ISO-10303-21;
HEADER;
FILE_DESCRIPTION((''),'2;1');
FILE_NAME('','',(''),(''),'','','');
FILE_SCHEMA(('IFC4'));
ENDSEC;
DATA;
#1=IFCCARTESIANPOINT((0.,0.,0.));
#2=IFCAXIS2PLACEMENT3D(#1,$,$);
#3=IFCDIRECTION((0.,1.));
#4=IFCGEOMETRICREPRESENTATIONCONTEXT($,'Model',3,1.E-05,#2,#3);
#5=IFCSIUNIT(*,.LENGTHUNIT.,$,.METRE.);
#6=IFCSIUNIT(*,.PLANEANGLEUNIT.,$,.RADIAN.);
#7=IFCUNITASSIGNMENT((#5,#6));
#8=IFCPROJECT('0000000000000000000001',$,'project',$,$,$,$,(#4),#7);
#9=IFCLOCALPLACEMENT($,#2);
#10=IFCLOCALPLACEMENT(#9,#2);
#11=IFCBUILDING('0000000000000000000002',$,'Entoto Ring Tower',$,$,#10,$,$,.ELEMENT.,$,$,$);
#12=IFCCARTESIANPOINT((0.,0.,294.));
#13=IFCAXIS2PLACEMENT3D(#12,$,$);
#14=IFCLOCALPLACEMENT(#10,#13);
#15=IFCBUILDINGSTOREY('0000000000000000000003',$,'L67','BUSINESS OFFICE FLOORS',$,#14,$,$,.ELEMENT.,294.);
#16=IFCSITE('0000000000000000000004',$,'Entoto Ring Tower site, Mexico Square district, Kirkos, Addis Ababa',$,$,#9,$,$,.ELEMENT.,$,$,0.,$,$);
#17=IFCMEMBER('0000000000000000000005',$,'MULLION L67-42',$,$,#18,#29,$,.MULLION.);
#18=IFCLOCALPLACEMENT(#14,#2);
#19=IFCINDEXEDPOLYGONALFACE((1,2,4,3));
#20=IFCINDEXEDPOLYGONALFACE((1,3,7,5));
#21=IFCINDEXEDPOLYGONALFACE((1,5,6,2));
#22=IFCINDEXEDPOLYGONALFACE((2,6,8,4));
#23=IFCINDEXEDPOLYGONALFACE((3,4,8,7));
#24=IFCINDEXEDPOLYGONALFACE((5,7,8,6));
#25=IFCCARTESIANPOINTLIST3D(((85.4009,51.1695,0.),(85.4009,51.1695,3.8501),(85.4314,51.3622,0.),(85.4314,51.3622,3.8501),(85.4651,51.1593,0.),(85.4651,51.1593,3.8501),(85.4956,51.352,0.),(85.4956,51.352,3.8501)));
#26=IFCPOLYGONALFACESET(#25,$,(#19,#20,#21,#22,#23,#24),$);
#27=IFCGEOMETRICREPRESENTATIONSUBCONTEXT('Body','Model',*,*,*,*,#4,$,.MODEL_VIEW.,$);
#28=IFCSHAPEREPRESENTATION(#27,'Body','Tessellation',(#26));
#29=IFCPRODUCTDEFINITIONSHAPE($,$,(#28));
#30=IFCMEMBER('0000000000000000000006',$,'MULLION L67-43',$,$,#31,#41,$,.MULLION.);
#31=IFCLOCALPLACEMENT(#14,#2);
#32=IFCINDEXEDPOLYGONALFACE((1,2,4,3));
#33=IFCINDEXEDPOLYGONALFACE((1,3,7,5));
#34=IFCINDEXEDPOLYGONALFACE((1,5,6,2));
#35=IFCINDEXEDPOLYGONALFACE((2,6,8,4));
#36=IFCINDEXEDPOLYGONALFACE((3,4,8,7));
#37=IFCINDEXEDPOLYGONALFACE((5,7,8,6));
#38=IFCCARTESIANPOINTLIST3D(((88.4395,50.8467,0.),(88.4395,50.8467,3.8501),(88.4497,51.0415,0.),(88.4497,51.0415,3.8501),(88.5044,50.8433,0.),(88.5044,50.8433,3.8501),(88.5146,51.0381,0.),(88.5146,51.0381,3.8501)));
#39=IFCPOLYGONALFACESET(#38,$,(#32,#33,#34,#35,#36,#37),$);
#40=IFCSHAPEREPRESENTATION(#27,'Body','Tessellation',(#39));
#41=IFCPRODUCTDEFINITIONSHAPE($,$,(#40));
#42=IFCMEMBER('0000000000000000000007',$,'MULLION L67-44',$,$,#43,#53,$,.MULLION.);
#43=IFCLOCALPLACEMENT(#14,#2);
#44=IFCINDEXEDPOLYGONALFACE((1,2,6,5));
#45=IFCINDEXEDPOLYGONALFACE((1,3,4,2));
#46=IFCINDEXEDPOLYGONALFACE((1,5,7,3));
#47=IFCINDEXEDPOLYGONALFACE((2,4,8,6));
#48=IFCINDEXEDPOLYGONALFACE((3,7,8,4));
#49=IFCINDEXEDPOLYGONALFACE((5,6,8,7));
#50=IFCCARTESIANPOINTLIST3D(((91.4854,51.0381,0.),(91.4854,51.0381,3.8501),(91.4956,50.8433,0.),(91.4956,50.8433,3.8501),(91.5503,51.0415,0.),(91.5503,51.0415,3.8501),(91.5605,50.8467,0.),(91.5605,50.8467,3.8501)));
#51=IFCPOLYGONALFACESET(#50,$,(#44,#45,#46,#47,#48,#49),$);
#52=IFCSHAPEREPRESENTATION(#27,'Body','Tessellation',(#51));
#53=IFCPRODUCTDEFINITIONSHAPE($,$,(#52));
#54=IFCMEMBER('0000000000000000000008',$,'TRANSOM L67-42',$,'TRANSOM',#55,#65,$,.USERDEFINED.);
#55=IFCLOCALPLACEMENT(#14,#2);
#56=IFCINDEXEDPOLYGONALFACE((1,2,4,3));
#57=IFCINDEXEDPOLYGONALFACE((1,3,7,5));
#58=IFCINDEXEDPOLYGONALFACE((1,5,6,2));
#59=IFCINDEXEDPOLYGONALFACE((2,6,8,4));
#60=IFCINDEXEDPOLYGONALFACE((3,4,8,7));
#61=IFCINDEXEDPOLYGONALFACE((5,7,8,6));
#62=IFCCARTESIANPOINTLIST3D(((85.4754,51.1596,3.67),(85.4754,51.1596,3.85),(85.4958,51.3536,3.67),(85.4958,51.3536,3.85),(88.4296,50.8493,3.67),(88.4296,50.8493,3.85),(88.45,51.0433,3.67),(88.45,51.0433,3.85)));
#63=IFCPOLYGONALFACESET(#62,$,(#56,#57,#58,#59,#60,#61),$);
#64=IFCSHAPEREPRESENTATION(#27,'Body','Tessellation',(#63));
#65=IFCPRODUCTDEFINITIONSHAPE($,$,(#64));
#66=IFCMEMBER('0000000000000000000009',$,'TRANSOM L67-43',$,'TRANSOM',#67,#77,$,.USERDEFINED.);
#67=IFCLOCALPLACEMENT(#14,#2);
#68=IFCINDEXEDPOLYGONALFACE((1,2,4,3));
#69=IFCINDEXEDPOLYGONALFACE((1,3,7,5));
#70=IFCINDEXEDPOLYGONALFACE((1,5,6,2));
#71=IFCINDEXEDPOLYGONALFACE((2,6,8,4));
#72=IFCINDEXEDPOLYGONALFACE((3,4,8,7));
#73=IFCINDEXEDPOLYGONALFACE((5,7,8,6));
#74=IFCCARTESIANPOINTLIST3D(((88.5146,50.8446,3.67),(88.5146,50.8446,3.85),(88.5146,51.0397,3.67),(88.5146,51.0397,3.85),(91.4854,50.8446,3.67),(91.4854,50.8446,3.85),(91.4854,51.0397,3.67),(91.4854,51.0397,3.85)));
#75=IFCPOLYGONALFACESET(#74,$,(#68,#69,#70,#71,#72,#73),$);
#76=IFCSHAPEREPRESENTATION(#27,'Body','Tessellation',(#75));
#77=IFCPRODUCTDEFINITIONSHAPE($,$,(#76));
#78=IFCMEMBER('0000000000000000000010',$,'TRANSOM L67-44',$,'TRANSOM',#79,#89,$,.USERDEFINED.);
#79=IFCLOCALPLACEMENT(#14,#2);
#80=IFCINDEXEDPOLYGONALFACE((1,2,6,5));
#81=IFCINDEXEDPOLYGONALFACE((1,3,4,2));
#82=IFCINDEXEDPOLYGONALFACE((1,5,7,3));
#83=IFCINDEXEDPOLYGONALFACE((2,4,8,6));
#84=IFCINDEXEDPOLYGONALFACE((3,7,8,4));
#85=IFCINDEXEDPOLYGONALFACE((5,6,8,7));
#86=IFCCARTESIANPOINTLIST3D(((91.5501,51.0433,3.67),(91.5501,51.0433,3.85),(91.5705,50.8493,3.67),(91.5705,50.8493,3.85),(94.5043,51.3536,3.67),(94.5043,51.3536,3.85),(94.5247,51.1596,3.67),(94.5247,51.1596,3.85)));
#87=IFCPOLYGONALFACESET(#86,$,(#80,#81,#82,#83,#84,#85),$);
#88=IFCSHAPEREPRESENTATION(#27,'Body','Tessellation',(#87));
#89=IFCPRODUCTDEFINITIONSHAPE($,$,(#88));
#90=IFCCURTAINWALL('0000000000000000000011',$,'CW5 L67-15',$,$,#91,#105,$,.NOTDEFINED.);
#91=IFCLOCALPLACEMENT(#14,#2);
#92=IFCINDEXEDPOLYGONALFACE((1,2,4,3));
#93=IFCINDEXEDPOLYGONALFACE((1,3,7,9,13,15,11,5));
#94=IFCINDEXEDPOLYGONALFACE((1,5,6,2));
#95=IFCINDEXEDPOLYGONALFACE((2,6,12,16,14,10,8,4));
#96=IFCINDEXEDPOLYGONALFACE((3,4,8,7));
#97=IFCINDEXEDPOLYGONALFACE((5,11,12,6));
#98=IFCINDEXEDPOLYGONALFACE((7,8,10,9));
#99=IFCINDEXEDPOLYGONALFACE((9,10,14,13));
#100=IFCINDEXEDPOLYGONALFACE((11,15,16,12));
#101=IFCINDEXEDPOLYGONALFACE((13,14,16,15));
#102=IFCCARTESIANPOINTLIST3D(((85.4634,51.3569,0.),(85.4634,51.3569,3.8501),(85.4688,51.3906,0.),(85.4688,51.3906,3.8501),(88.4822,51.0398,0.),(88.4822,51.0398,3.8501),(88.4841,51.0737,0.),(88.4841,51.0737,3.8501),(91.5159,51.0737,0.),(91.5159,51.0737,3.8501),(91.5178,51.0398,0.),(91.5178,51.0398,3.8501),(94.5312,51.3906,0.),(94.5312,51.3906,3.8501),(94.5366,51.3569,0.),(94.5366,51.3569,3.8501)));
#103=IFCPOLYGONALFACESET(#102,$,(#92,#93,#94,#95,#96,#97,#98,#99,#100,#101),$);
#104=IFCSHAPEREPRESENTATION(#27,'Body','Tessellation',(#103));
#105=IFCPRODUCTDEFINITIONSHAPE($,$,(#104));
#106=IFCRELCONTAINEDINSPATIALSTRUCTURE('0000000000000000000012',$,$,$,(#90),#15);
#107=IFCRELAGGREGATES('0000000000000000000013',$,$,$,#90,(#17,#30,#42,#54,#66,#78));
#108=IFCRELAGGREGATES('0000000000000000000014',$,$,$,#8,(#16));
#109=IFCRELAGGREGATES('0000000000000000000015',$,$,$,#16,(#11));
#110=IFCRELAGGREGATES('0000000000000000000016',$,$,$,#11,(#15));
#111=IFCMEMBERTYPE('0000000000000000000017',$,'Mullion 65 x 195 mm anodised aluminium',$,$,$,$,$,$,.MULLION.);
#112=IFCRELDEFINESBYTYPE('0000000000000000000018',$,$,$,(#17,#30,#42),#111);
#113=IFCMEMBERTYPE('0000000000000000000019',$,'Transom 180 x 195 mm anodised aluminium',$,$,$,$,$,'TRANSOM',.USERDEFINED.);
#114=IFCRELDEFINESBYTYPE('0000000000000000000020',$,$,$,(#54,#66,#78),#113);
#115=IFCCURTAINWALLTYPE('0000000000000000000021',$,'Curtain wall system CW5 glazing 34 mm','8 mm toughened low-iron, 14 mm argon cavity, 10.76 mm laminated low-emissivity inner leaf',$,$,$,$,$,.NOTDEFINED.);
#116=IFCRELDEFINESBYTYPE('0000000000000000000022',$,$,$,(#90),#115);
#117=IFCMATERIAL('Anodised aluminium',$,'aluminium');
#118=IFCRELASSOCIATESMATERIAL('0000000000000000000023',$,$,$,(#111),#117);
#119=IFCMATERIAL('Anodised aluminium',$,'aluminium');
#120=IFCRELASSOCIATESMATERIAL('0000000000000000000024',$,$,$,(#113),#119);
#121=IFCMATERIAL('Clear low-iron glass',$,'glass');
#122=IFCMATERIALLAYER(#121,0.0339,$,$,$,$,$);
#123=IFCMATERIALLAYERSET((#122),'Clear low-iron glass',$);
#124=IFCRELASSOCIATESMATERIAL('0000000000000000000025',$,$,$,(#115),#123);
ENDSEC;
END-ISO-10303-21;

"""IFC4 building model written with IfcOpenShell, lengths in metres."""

from ifc_helpers import new_model, si_unit, direction, frame, origin, origin_2d, place, context, subcontext, project, spatial, polyline, rectangle, outline, extrude, material, layer, layer_set, material_profile, profile_set, type_object, element, aggregate, save


model = new_model("IFC4")

# Units and contexts
model_context = context("Model", 3, precision=1e-05, world=origin(), true_north=direction((0.0, 1.0)))
body_context = subcontext(model_context, "Body", "Model", "MODEL_VIEW")
ifc_project = project(units=[si_unit("LENGTHUNIT", "METRE"), si_unit("PLANEANGLEUNIT", "RADIAN")], contexts=[model_context])

# Members
ifc_material_1 = material(Name="Anodised aluminium", Category="aluminium")
ifc_material_profile_1 = material_profile(ifc_material_1, rectangle(XDim=0.0649, YDim=0.1951, at=origin_2d()), Name="Mullion 65 x 195 mm anodised aluminium")
ifc_profile_set_1 = profile_set([ifc_material_profile_1], Name="Anodised aluminium")
member_type_1 = type_object("IfcMemberType", Name="Mullion 65 x 195 mm anodised aluminium", PredefinedType="MULLION", material=ifc_profile_set_1)
site_placement = place(None, origin())
building_placement = place(site_placement, origin())
storey_placement = place(building_placement, frame((0.0, 0.0, 294.0)))
member_1_placement = place(storey_placement, frame((85.4482, 51.2607, 0.0), z_axis=(0.0, 0.0, 1.0), x_axis=(0.987688, -0.156434, 0.0)))
member_1 = element("IfcMember", 1, at=member_1_placement, type_object=member_type_1, Name="MULLION L67-42", PredefinedType="MULLION", context=body_context, shape_type="SweptSolid", body=[
    extrude(rectangle(XDim=0.0649, YDim=0.1951, at=origin_2d()), origin(), (0.0, 0.0, 1.0), 3.8501),
])
member_2_placement = place(storey_placement, frame((88.4771, 50.9424, 0.0), z_axis=(0.0, 0.0, 1.0), x_axis=(0.99863, -0.052336, 0.0)))
member_2 = element("IfcMember", 2, at=member_2_placement, type_object=member_type_1, Name="MULLION L67-43", PredefinedType="MULLION", context=body_context, shape_type="SweptSolid", body=[
    extrude(rectangle(XDim=0.0649, YDim=0.1951, at=origin_2d()), origin(), (0.0, 0.0, 1.0), 3.8501),
])
member_3_placement = place(storey_placement, frame((91.5229, 50.9424, 0.0), z_axis=(0.0, 0.0, 1.0), x_axis=(0.99863, 0.052336, 0.0)))
member_3 = element("IfcMember", 3, at=member_3_placement, type_object=member_type_1, Name="MULLION L67-44", PredefinedType="MULLION", context=body_context, shape_type="SweptSolid", body=[
    extrude(rectangle(XDim=0.0649, YDim=0.1951, at=origin_2d()), origin(), (0.0, 0.0, 1.0), 3.8501),
])
ifc_material_2 = material(Name="Anodised aluminium", Category="aluminium")
ifc_material_profile_2 = material_profile(ifc_material_2, rectangle(XDim=0.1951, YDim=0.1799, at=origin_2d()), Name="Transom 180 x 195 mm anodised aluminium")
ifc_profile_set_2 = profile_set([ifc_material_profile_2], Name="Anodised aluminium")
member_type_2 = type_object("IfcMemberType", Name="Transom 180 x 195 mm anodised aluminium", ElementType="TRANSOM", PredefinedType="USERDEFINED", material=ifc_profile_set_2)
member_4_placement = place(storey_placement, frame((85.4856, 51.2566, 3.76), z_axis=(0.994528, -0.104467, 0.0), x_axis=(0.104467, 0.994528, 0.0)))
member_4 = element("IfcMember", 4, at=member_4_placement, type_object=member_type_2, Name="TRANSOM L67-42", ObjectType="TRANSOM", PredefinedType="USERDEFINED", context=body_context, shape_type="SweptSolid", body=[
    extrude(rectangle(XDim=0.1951, YDim=0.1799, at=origin_2d()), origin(), (0.0, 0.0, 1.0), 2.9705),
])
member_5_placement = place(storey_placement, frame((88.5146, 50.9421, 3.76), z_axis=(1.0, 0.0, 0.0), x_axis=(0.0, 1.0, 0.0)))
member_5 = element("IfcMember", 5, at=member_5_placement, type_object=member_type_2, Name="TRANSOM L67-43", ObjectType="TRANSOM", PredefinedType="USERDEFINED", context=body_context, shape_type="SweptSolid", body=[
    extrude(rectangle(XDim=0.1951, YDim=0.1799, at=origin_2d()), origin(), (0.0, 0.0, 1.0), 2.9707),
])
member_6_placement = place(storey_placement, frame((91.5603, 50.9463, 3.76), z_axis=(0.994528, 0.104467, 0.0), x_axis=(-0.104467, 0.994528, 0.0)))
member_6 = element("IfcMember", 6, at=member_6_placement, type_object=member_type_2, Name="TRANSOM L67-44", ObjectType="TRANSOM", PredefinedType="USERDEFINED", context=body_context, shape_type="SweptSolid", body=[
    extrude(rectangle(XDim=0.1951, YDim=0.1799, at=origin_2d()), origin(), (0.0, 0.0, 1.0), 2.9705),
])

# Site, building, storey
site = spatial("IfcSite", under=ifc_project, at=site_placement, Name="Entoto Ring Tower site, Mexico Square district, Kirkos, Addis Ababa", CompositionType="ELEMENT", RefElevation=0.0)
building = spatial("IfcBuilding", under=site, at=building_placement, Name="Entoto Ring Tower", CompositionType="ELEMENT")
storey = spatial("IfcBuildingStorey", under=building, at=storey_placement, Name="L67", Description="BUSINESS OFFICE FLOORS", CompositionType="ELEMENT", Elevation=294.0)

# Curtain wall
ifc_material_3 = material(Name="Clear low-iron glass", Category="glass")
ifc_layer_1 = layer(ifc_material_3, 0.0339)
ifc_layer_set_1 = layer_set([ifc_layer_1], Name="Clear low-iron glass")
curtain_wall_type = type_object("IfcCurtainWallType", Name="Curtain wall system CW5 glazing 34 mm", Description="8 mm toughened low-iron, 14 mm argon cavity, 10.76 mm laminated low-emissivity inner leaf", PredefinedType="NOTDEFINED", material=ifc_layer_set_1)
curtain_wall_1_placement = place(storey_placement, origin())
curtain_wall_1 = element("IfcCurtainWall", 7, at=curtain_wall_1_placement, inside=storey, type_object=curtain_wall_type, Name="CW5 L67-15", PredefinedType="NOTDEFINED", context=body_context, shape_type="SweptSolid", body=[
    extrude(outline(polyline([(85.4634, 51.3569), (88.4822, 51.0398), (91.5178, 51.0398), (94.5366, 51.3569), (94.5312, 51.3906), (91.5159, 51.0737), (88.4841, 51.0737), (85.4688, 51.3906), (85.4634, 51.3569)])), origin(), (0.0, 0.0, 1.0), 3.8501),
])
aggregate(curtain_wall_1, [member_1, member_2, member_3, member_4, member_5, member_6])

save(model, "model.ifc")
